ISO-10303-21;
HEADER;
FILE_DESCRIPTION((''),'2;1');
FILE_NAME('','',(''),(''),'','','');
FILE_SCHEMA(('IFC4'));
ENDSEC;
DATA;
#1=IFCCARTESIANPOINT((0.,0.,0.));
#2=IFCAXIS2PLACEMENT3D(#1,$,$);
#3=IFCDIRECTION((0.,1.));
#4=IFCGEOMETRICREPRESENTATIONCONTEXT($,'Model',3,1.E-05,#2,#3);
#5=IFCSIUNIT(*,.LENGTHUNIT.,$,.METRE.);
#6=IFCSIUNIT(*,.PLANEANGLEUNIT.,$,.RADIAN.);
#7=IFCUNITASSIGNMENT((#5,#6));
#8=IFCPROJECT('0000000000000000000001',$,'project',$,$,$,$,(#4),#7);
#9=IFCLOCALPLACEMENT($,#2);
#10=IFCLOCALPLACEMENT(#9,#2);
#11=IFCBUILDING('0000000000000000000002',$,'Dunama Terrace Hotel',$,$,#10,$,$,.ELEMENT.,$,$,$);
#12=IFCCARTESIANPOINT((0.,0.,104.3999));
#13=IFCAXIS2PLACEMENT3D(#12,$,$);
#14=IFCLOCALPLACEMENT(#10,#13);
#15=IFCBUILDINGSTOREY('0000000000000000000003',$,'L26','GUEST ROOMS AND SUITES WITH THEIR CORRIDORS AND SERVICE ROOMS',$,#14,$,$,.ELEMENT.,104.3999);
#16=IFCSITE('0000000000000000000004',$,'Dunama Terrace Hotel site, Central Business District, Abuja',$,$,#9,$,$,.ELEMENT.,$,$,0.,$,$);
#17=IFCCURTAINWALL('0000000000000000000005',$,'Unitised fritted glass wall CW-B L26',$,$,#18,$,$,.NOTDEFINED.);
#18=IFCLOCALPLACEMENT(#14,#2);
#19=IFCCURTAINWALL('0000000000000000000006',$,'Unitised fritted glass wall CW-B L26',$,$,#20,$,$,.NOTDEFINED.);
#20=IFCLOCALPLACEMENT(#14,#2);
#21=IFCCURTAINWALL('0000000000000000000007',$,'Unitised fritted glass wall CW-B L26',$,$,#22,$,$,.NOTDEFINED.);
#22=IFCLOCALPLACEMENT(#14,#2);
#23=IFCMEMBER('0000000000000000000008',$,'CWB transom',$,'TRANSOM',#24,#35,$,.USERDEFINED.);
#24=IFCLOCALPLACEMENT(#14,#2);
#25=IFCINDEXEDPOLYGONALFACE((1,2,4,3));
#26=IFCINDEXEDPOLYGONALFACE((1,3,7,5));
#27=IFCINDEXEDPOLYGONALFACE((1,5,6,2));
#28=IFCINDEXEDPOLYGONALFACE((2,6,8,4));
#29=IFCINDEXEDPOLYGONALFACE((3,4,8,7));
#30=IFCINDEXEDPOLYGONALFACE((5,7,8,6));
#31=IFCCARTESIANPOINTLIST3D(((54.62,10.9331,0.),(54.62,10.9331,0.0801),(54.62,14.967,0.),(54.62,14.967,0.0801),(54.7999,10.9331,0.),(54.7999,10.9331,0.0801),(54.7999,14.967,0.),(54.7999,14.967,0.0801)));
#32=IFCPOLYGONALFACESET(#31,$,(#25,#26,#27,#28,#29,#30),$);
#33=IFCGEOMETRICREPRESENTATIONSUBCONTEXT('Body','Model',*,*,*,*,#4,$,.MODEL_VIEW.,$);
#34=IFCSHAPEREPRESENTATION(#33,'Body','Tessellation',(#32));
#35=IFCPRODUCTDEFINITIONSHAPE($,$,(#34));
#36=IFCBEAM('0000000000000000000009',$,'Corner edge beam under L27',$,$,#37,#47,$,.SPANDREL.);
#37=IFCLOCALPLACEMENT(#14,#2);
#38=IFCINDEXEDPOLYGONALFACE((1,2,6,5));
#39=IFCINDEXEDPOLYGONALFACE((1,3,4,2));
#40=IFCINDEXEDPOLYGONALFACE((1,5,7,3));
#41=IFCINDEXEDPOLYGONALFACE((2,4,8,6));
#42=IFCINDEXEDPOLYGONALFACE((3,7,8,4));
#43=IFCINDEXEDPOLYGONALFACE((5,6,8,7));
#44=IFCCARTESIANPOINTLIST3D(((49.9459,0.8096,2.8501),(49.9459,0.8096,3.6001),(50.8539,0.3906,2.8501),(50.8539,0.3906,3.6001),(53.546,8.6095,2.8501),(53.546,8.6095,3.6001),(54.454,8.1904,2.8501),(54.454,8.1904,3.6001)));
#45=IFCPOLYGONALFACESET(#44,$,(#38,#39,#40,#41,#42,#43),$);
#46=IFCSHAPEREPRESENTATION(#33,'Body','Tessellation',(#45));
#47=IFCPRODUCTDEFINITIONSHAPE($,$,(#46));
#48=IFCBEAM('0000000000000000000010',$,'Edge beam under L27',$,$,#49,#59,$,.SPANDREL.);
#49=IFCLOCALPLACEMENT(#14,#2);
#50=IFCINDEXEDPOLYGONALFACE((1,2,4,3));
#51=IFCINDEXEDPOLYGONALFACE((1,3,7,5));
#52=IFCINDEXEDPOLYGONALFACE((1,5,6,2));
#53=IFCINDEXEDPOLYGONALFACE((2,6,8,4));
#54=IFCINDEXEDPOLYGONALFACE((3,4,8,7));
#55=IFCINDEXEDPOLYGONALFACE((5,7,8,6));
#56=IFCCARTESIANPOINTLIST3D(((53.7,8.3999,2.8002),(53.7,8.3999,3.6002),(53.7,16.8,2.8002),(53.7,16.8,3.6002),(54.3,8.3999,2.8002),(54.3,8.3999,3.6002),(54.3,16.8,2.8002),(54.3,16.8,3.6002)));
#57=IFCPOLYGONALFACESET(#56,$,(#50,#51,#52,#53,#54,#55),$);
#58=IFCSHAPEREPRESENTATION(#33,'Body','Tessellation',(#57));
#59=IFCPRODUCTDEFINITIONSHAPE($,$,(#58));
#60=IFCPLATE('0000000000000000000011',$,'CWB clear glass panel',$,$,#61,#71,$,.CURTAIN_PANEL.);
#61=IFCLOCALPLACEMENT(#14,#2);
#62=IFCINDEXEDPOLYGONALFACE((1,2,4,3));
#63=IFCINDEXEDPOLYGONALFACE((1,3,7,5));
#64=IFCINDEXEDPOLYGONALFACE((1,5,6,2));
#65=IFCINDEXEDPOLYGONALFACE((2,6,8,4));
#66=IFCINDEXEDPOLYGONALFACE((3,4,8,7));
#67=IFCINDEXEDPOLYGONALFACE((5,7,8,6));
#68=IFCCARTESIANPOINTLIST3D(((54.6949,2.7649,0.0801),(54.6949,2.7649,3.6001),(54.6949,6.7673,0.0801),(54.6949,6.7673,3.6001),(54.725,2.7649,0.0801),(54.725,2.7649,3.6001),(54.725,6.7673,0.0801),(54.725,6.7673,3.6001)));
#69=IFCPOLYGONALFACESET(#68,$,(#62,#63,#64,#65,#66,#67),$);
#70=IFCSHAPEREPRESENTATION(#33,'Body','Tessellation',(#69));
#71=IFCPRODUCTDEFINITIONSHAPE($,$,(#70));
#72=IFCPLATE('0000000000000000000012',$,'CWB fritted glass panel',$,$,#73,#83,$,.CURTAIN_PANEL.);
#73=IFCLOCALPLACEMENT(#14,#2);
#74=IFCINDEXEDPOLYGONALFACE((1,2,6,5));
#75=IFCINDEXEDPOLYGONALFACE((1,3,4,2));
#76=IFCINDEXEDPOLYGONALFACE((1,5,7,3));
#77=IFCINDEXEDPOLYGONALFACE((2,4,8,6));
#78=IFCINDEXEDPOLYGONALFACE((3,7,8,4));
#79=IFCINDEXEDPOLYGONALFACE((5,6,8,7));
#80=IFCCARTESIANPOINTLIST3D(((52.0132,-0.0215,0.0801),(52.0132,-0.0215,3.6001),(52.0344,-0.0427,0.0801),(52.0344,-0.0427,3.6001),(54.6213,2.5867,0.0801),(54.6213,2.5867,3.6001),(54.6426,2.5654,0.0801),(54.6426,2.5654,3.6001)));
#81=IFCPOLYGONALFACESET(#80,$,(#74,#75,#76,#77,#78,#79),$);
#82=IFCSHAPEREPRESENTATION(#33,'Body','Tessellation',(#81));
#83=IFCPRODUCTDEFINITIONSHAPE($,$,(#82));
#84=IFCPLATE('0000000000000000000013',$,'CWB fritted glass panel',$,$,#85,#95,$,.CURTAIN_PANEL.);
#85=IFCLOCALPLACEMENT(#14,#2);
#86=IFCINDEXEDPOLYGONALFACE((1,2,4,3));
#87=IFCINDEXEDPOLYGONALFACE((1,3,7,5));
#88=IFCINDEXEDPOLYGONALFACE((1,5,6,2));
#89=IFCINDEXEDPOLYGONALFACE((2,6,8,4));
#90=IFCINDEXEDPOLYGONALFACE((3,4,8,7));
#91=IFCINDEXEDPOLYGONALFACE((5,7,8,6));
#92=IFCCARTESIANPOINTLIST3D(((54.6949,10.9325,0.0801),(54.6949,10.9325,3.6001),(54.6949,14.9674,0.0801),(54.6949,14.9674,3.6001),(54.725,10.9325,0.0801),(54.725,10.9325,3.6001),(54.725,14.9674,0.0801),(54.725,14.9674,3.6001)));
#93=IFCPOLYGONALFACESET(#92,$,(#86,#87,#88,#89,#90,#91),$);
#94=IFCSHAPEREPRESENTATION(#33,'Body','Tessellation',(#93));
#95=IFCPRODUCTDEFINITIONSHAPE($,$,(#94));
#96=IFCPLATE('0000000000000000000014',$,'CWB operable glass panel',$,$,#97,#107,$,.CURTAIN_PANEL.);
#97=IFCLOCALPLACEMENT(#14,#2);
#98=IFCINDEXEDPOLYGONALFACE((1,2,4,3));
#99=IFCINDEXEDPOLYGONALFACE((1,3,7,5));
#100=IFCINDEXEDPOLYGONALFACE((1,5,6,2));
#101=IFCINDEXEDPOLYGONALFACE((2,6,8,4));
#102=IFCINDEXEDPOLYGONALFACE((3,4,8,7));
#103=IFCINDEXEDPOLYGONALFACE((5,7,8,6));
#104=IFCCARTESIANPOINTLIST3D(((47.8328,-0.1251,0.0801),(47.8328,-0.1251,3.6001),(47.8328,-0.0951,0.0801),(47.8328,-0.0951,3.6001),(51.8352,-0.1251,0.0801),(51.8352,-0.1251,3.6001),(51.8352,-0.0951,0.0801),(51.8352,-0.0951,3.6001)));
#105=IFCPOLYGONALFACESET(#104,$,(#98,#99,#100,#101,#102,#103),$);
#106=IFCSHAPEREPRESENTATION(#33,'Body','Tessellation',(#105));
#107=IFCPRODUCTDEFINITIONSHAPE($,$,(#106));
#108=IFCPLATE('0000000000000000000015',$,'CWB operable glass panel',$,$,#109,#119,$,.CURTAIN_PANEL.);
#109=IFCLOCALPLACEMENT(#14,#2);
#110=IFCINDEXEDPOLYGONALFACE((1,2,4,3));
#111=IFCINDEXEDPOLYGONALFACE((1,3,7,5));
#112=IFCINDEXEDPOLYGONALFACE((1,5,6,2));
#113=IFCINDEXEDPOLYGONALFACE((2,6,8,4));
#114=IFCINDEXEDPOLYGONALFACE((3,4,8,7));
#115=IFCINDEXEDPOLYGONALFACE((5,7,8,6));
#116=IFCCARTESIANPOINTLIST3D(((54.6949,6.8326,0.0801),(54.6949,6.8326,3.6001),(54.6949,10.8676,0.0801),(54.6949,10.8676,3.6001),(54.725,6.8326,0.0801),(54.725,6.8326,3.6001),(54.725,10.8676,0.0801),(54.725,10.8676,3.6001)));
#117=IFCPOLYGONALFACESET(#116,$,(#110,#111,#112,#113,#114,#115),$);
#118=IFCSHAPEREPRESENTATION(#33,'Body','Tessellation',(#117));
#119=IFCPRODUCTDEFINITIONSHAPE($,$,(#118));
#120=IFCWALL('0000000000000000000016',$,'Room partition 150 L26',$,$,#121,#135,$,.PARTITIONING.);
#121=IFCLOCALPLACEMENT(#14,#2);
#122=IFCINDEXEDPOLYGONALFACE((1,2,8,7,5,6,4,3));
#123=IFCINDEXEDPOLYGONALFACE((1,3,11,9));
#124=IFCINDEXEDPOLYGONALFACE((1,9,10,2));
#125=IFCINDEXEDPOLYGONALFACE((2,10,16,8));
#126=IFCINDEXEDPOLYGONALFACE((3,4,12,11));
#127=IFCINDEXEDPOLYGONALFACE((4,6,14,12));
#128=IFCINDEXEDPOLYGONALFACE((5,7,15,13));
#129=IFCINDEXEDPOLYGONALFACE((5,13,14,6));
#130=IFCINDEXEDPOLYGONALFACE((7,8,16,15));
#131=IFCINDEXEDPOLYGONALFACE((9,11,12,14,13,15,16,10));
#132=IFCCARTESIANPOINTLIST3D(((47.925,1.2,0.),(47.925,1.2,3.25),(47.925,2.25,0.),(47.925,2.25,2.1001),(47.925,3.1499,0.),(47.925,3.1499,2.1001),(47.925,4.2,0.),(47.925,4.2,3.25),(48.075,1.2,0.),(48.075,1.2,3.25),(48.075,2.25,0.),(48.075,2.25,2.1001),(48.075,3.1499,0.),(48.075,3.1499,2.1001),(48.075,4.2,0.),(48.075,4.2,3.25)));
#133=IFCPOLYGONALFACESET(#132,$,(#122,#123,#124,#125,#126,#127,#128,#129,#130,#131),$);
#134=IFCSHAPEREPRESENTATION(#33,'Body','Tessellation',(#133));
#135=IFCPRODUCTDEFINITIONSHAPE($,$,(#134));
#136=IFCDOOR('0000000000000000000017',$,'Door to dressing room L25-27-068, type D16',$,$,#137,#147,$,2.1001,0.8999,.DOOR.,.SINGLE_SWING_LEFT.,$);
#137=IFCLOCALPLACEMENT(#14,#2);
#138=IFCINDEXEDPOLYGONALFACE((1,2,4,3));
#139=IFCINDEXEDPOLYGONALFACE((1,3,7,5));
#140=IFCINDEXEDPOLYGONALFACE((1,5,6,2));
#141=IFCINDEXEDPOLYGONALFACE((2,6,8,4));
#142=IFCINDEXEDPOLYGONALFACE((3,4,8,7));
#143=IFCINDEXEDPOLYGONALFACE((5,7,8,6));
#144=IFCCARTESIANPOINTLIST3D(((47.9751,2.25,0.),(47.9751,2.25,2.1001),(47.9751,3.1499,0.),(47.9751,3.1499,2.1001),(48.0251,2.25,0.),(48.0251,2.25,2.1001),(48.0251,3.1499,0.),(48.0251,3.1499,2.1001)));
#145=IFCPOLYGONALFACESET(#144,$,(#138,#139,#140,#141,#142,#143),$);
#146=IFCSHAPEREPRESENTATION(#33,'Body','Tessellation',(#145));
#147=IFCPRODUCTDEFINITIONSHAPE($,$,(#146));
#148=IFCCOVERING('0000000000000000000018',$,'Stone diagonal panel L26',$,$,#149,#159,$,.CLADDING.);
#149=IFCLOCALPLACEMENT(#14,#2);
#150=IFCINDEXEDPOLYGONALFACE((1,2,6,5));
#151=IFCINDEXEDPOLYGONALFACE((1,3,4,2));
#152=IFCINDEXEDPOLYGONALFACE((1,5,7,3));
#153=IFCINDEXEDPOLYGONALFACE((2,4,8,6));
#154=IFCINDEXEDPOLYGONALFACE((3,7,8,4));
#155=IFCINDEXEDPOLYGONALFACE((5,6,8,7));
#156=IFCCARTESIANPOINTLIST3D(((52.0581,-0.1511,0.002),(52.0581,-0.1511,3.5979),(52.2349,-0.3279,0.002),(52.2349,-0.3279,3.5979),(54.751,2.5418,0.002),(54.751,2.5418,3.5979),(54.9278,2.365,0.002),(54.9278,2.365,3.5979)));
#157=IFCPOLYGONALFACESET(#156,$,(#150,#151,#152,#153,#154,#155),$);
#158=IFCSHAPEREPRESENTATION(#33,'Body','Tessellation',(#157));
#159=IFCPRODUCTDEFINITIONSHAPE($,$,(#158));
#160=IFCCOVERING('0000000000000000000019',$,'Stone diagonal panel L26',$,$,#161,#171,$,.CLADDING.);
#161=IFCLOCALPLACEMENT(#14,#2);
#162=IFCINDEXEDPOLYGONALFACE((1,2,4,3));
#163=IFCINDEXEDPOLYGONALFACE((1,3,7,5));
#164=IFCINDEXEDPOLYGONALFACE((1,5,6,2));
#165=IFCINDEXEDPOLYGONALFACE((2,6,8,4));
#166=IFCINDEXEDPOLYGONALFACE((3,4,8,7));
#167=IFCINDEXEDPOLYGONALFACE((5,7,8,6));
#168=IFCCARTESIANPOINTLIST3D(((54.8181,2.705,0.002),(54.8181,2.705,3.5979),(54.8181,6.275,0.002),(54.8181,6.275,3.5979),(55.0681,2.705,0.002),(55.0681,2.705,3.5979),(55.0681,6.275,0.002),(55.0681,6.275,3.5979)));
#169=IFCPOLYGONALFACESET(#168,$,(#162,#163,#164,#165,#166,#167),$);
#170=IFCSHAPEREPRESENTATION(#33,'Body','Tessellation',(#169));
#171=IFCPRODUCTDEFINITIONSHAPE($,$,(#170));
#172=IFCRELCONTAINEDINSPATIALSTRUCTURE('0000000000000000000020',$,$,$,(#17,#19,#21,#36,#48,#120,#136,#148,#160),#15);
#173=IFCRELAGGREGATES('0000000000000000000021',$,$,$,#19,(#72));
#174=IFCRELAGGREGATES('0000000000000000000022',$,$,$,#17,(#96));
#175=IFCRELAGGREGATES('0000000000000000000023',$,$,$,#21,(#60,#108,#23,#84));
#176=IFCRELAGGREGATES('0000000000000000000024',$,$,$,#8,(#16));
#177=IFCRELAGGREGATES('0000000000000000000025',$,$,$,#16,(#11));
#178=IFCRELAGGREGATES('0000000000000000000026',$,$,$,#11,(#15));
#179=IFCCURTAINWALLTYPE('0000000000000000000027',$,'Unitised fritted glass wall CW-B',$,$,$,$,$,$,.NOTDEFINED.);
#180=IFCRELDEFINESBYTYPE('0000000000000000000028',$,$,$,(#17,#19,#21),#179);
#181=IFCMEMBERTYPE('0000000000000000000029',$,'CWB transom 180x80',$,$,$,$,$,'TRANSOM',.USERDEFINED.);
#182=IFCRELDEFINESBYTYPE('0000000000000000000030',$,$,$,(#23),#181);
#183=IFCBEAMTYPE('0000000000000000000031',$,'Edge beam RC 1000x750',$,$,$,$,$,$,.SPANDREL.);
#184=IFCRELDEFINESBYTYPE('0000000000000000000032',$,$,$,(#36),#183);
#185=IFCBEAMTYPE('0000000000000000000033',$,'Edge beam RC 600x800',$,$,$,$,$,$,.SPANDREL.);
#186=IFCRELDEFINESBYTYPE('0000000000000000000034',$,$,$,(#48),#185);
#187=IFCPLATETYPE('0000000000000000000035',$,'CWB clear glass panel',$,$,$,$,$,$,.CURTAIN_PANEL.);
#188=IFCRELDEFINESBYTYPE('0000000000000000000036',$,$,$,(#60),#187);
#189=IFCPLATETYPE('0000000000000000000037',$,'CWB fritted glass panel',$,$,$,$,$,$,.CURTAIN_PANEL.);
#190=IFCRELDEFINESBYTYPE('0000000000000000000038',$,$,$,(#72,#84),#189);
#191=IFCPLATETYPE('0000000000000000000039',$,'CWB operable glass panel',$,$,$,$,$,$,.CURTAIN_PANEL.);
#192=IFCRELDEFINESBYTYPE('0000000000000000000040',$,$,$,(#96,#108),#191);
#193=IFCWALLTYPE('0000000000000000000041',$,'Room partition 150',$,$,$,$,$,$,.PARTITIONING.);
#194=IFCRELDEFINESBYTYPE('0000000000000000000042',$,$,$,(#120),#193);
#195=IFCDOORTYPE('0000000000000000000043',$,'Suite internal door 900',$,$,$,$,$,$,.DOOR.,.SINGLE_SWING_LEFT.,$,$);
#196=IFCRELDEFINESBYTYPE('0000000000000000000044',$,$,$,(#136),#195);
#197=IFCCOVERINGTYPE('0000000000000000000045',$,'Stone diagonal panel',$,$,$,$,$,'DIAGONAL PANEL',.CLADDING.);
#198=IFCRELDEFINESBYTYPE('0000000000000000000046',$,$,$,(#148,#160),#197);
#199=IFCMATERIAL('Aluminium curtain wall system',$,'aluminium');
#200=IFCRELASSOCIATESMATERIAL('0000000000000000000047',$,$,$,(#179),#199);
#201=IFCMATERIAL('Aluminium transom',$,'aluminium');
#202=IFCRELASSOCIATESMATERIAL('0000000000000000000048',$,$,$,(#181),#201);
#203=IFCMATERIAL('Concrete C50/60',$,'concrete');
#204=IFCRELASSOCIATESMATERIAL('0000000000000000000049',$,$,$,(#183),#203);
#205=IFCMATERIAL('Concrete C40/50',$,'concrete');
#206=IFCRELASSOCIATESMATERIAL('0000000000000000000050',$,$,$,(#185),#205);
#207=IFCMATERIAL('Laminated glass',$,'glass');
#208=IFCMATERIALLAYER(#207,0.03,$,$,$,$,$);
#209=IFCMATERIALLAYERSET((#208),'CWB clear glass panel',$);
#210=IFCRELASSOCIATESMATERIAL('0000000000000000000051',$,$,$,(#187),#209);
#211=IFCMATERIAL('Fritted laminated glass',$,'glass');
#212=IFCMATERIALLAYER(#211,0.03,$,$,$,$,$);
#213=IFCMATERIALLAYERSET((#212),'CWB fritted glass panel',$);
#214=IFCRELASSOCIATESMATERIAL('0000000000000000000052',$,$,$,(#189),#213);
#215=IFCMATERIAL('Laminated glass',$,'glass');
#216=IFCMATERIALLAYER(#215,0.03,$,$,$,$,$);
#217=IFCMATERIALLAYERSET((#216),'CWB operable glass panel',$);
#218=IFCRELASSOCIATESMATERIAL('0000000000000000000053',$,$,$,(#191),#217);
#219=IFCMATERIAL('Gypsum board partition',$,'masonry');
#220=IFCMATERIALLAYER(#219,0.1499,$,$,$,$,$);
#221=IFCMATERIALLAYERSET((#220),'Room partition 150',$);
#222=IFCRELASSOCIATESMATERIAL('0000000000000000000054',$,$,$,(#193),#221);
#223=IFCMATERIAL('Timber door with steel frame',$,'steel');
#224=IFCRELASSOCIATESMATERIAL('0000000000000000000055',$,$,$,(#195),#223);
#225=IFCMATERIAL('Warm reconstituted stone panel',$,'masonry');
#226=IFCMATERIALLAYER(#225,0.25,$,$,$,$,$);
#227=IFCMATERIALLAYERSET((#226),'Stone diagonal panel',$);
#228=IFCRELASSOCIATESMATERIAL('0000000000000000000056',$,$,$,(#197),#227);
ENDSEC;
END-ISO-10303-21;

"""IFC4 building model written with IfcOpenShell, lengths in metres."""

from ifc_helpers import new_model, si_unit, direction, frame, frame_2d, origin, origin_2d, place, context, subcontext, project, spatial, rectangle, extrude, material, layer, layer_set, material_profile, profile_set, type_object, element, fill, aggregate, save


model = new_model("IFC4")

# Units and contexts
model_context = context("Model", 3, precision=1e-05, world=origin(), true_north=direction((0.0, 1.0)))
body_context = subcontext(model_context, "Body", "Model", "MODEL_VIEW")
ifc_project = project(units=[si_unit("LENGTHUNIT", "METRE"), si_unit("PLANEANGLEUNIT", "RADIAN")], contexts=[model_context])

# Site, building, storey
site_placement = place(None, origin())
site = spatial("IfcSite", under=ifc_project, at=site_placement, Name="Dunama Terrace Hotel site, Central Business District, Abuja", CompositionType="ELEMENT", RefElevation=0.0)
building_placement = place(site_placement, origin())
building = spatial("IfcBuilding", under=site, at=building_placement, Name="Dunama Terrace Hotel", CompositionType="ELEMENT")
storey_placement = place(building_placement, frame((0.0, 0.0, 104.3999)))
storey = spatial("IfcBuildingStorey", under=building, at=storey_placement, Name="L26", Description="GUEST ROOMS AND SUITES WITH THEIR CORRIDORS AND SERVICE ROOMS", CompositionType="ELEMENT", Elevation=104.3999)

# Curtain walls
ifc_material_1 = material(Name="Aluminium curtain wall system", Category="aluminium")
curtain_wall_type = type_object("IfcCurtainWallType", Name="Unitised fritted glass wall CW-B", PredefinedType="NOTDEFINED", material=ifc_material_1)
curtain_wall_1_placement = place(storey_placement, origin())
curtain_wall_1 = element("IfcCurtainWall", 1, at=curtain_wall_1_placement, inside=storey, type_object=curtain_wall_type, Name="Unitised fritted glass wall CW-B L26", PredefinedType="NOTDEFINED")
curtain_wall_2_placement = place(storey_placement, origin())
curtain_wall_2 = element("IfcCurtainWall", 2, at=curtain_wall_2_placement, inside=storey, type_object=curtain_wall_type, Name="Unitised fritted glass wall CW-B L26", PredefinedType="NOTDEFINED")
curtain_wall_3_placement = place(storey_placement, origin())
curtain_wall_3 = element("IfcCurtainWall", 3, at=curtain_wall_3_placement, inside=storey, type_object=curtain_wall_type, Name="Unitised fritted glass wall CW-B L26", PredefinedType="NOTDEFINED")

# Member
ifc_material_2 = material(Name="Aluminium transom", Category="aluminium")
ifc_material_profile_1 = material_profile(ifc_material_2, rectangle(XDim=0.1799, YDim=0.0801, at=origin_2d()), Name="CWB TRANSOM 180X80")
ifc_profile_set_1 = profile_set([ifc_material_profile_1], Name="Aluminium transom")
member_type_1 = type_object("IfcMemberType", Name="CWB transom 180x80", ElementType="TRANSOM", PredefinedType="USERDEFINED", material=ifc_profile_set_1)
member_1_placement = place(storey_placement, frame((54.71, 10.9331, 0.04), z_axis=(0.0, 1.0, 0.0), x_axis=(-1.0, 0.0, 0.0)))
member_1 = element("IfcMember", 4, at=member_1_placement, type_object=member_type_1, Name="CWB transom", ObjectType="TRANSOM", PredefinedType="USERDEFINED", context=body_context, shape_type="SweptSolid", body=[
    extrude(rectangle(XDim=0.1799, YDim=0.0801, at=origin_2d()), origin(), (0.0, 0.0, 1.0), 4.0339),
])

# Beams
ifc_material_3 = material(Name="Concrete C50/60", Category="concrete")
ifc_material_profile_2 = material_profile(ifc_material_3, rectangle(XDim=1.0, YDim=0.75, at=origin_2d()), Name="RC 1000x750")
ifc_profile_set_2 = profile_set([ifc_material_profile_2], Name="Concrete C50/60")
beam_type_1 = type_object("IfcBeamType", Name="Edge beam RC 1000x750", PredefinedType="SPANDREL", material=ifc_profile_set_2)
beam_1_placement = place(storey_placement, frame((50.3999, 0.6001, 3.2251), z_axis=(0.419076, 0.907951, 0.0), x_axis=(-0.907951, 0.419076, 0.0)))
element("IfcBeam", 5, at=beam_1_placement, inside=storey, type_object=beam_type_1, Name="Corner edge beam under L27", PredefinedType="SPANDREL", context=body_context, shape_type="SweptSolid", body=[
    extrude(rectangle(XDim=1.0, YDim=0.75, at=origin_2d()), origin(), (0.0, 0.0, 1.0), 8.5906),
])
ifc_material_4 = material(Name="Concrete C40/50", Category="concrete")
ifc_material_profile_3 = material_profile(ifc_material_4, rectangle(XDim=0.6001, YDim=0.8, at=origin_2d()), Name="RC 600x800")
ifc_profile_set_3 = profile_set([ifc_material_profile_3], Name="Concrete C40/50")
beam_type_2 = type_object("IfcBeamType", Name="Edge beam RC 600x800", PredefinedType="SPANDREL", material=ifc_profile_set_3)
beam_2_placement = place(storey_placement, frame((54.0, 8.3999, 3.2002), z_axis=(0.0, 1.0, 0.0), x_axis=(-1.0, 0.0, 0.0)))
element("IfcBeam", 6, at=beam_2_placement, inside=storey, type_object=beam_type_2, Name="Edge beam under L27", PredefinedType="SPANDREL", context=body_context, shape_type="SweptSolid", body=[
    extrude(rectangle(XDim=0.6001, YDim=0.8, at=origin_2d()), origin(), (0.0, 0.0, 1.0), 8.4001),
])

# Plates
ifc_material_5 = material(Name="Laminated glass", Category="glass")
ifc_layer_1 = layer(ifc_material_5, 0.03)
ifc_layer_set_1 = layer_set([ifc_layer_1], Name="CWB clear glass panel")
plate_type_1 = type_object("IfcPlateType", Name="CWB clear glass panel", PredefinedType="CURTAIN_PANEL", material=ifc_layer_set_1)
plate_1_placement = place(storey_placement, frame((54.71, 4.7661, 0.0801), z_axis=(0.0, 0.0, 1.0), x_axis=(0.0, 1.0, 0.0)))
plate_1 = element("IfcPlate", 7, at=plate_1_placement, type_object=plate_type_1, Name="CWB clear glass panel", PredefinedType="CURTAIN_PANEL", context=body_context, shape_type="SweptSolid", body=[
    extrude(rectangle(XDim=4.0024, YDim=0.03, at=origin_2d()), origin(), (0.0, 0.0, 1.0), 3.52),
])
ifc_material_6 = material(Name="Fritted laminated glass", Category="glass")
ifc_layer_2 = layer(ifc_material_6, 0.03)
ifc_layer_set_2 = layer_set([ifc_layer_2], Name="CWB fritted glass panel")
plate_type_2 = type_object("IfcPlateType", Name="CWB fritted glass panel", PredefinedType="CURTAIN_PANEL", material=ifc_layer_set_2)
plate_2_placement = place(storey_placement, frame((53.3279, 1.272, 0.0801), z_axis=(0.0, 0.0, 1.0), x_axis=(0.707107, 0.707107, 0.0)))
plate_2 = element("IfcPlate", 8, at=plate_2_placement, type_object=plate_type_2, Name="CWB fritted glass panel", PredefinedType="CURTAIN_PANEL", context=body_context, shape_type="SweptSolid", body=[
    extrude(rectangle(XDim=3.6885, YDim=0.03, at=origin_2d()), origin(), (0.0, 0.0, 1.0), 3.52),
])
aggregate(curtain_wall_2, [plate_2])
plate_3_placement = place(storey_placement, frame((54.71, 12.95, 0.0801), z_axis=(0.0, 0.0, 1.0), x_axis=(0.0, 1.0, 0.0)))
plate_3 = element("IfcPlate", 9, at=plate_3_placement, type_object=plate_type_2, Name="CWB fritted glass panel", PredefinedType="CURTAIN_PANEL", context=body_context, shape_type="SweptSolid", body=[
    extrude(rectangle(XDim=4.0349, YDim=0.03, at=origin_2d()), origin(), (0.0, 0.0, 1.0), 3.52),
])
ifc_material_7 = material(Name="Laminated glass", Category="glass")
ifc_layer_3 = layer(ifc_material_7, 0.03)
ifc_layer_set_3 = layer_set([ifc_layer_3], Name="CWB operable glass panel")
plate_type_3 = type_object("IfcPlateType", Name="CWB operable glass panel", PredefinedType="CURTAIN_PANEL", material=ifc_layer_set_3)
plate_4_placement = place(storey_placement, frame((49.834, -0.1101, 0.0801), z_axis=(0.0, 0.0, 1.0), x_axis=(1.0, 0.0, 0.0)))
plate_4 = element("IfcPlate", 10, at=plate_4_placement, type_object=plate_type_3, Name="CWB operable glass panel", PredefinedType="CURTAIN_PANEL", context=body_context, shape_type="SweptSolid", body=[
    extrude(rectangle(XDim=4.0024, YDim=0.03, at=origin_2d()), origin(), (0.0, 0.0, 1.0), 3.52),
])
aggregate(curtain_wall_1, [plate_4])
plate_5_placement = place(storey_placement, frame((54.71, 8.8501, 0.0801), z_axis=(0.0, 0.0, 1.0), x_axis=(0.0, 1.0, 0.0)))
plate_5 = element("IfcPlate", 11, at=plate_5_placement, type_object=plate_type_3, Name="CWB operable glass panel", PredefinedType="CURTAIN_PANEL", context=body_context, shape_type="SweptSolid", body=[
    extrude(rectangle(XDim=4.0349, YDim=0.03, at=origin_2d()), origin(), (0.0, 0.0, 1.0), 3.52),
])
aggregate(curtain_wall_3, [plate_1, plate_5, member_1, plate_3])

# Wall, opening, door
ifc_material_8 = material(Name="Gypsum board partition", Category="masonry")
ifc_layer_4 = layer(ifc_material_8, 0.1499)
ifc_layer_set_4 = layer_set([ifc_layer_4], Name="Room partition 150")
wall_type = type_object("IfcWallType", Name="Room partition 150", PredefinedType="PARTITIONING", material=ifc_layer_set_4)
wall_placement = place(storey_placement, frame((48.0, 1.2, 0.0), z_axis=(0.0, 0.0, 1.0), x_axis=(0.0, 1.0, 0.0)))
wall = element("IfcWall", 12, at=wall_placement, inside=storey, type_object=wall_type, Name="Room partition 150 L26", PredefinedType="PARTITIONING", context=body_context, shape_type="SweptSolid", body=[
    extrude(rectangle(XDim=3.0, YDim=0.1499, at=frame_2d((1.5, 0.0))), origin(), (0.0, 0.0, 1.0), 3.25),
])
opening_placement = place(wall_placement, frame((1.05, 0.0, 0.0)))
opening = element("IfcOpeningElement", 13, at=opening_placement, cuts=wall, PredefinedType="OPENING", context=body_context, shape_type="SweptSolid", body=[
    extrude(rectangle(XDim=0.8999, YDim=2.1001, at=frame_2d((0.45, 1.05))), frame((0.0, 0.085, 0.0), z_axis=(0.0, -1.0, 0.0), x_axis=(1.0, 0.0, 0.0)), (0.0, 0.0, 1.0), 0.1699),
])
ifc_material_9 = material(Name="Timber door with steel frame", Category="steel")
door_type = type_object("IfcDoorType", Name="Suite internal door 900", OperationType="SINGLE_SWING_LEFT", PredefinedType="DOOR", material=ifc_material_9)
door_placement = place(opening_placement, origin())
door = element("IfcDoor", 14, at=door_placement, inside=storey, type_object=door_type, Name="Door to dressing room L25-27-068, type D16", OperationType="SINGLE_SWING_LEFT", OverallHeight=2.1001, OverallWidth=0.8999, PredefinedType="DOOR", context=body_context, shape_type="SweptSolid", body=[
    extrude(rectangle(XDim=0.8999, YDim=2.1001, at=frame_2d((0.45, 1.05))), frame((0.0, 0.0249, 0.0), z_axis=(0.0, -1.0, 0.0), x_axis=(1.0, 0.0, 0.0)), (0.0, 0.0, 1.0), 0.05),
])
fill(opening, door)

# Coverings
ifc_material_10 = material(Name="Warm reconstituted stone panel", Category="masonry")
ifc_layer_5 = layer(ifc_material_10, 0.25)
ifc_layer_set_5 = layer_set([ifc_layer_5], Name="Stone diagonal panel")
covering_type = type_object("IfcCoveringType", Name="Stone diagonal panel", ElementType="DIAGONAL PANEL", PredefinedType="CLADDING", material=ifc_layer_set_5)
covering_1_placement = place(storey_placement, frame((53.4929, 1.1069, 0.002), z_axis=(0.0, 0.0, 1.0), x_axis=(0.707107, 0.707107, 0.0)))
element("IfcCovering", 15, at=covering_1_placement, inside=storey, type_object=covering_type, Name="Stone diagonal panel L26", PredefinedType="CLADDING", context=body_context, shape_type="SweptSolid", body=[
    extrude(rectangle(XDim=3.8083, YDim=0.25, at=origin_2d()), origin(), (0.0, 0.0, 1.0), 3.5959),
])
covering_2_placement = place(storey_placement, frame((54.9431, 4.49, 0.002), z_axis=(0.0, 0.0, 1.0), x_axis=(0.0, 1.0, 0.0)))
element("IfcCovering", 16, at=covering_2_placement, inside=storey, type_object=covering_type, Name="Stone diagonal panel L26", PredefinedType="CLADDING", context=body_context, shape_type="SweptSolid", body=[
    extrude(rectangle(XDim=3.5701, YDim=0.25, at=origin_2d()), origin(), (0.0, 0.0, 1.0), 3.5959),
])

save(model, "model.ifc")
